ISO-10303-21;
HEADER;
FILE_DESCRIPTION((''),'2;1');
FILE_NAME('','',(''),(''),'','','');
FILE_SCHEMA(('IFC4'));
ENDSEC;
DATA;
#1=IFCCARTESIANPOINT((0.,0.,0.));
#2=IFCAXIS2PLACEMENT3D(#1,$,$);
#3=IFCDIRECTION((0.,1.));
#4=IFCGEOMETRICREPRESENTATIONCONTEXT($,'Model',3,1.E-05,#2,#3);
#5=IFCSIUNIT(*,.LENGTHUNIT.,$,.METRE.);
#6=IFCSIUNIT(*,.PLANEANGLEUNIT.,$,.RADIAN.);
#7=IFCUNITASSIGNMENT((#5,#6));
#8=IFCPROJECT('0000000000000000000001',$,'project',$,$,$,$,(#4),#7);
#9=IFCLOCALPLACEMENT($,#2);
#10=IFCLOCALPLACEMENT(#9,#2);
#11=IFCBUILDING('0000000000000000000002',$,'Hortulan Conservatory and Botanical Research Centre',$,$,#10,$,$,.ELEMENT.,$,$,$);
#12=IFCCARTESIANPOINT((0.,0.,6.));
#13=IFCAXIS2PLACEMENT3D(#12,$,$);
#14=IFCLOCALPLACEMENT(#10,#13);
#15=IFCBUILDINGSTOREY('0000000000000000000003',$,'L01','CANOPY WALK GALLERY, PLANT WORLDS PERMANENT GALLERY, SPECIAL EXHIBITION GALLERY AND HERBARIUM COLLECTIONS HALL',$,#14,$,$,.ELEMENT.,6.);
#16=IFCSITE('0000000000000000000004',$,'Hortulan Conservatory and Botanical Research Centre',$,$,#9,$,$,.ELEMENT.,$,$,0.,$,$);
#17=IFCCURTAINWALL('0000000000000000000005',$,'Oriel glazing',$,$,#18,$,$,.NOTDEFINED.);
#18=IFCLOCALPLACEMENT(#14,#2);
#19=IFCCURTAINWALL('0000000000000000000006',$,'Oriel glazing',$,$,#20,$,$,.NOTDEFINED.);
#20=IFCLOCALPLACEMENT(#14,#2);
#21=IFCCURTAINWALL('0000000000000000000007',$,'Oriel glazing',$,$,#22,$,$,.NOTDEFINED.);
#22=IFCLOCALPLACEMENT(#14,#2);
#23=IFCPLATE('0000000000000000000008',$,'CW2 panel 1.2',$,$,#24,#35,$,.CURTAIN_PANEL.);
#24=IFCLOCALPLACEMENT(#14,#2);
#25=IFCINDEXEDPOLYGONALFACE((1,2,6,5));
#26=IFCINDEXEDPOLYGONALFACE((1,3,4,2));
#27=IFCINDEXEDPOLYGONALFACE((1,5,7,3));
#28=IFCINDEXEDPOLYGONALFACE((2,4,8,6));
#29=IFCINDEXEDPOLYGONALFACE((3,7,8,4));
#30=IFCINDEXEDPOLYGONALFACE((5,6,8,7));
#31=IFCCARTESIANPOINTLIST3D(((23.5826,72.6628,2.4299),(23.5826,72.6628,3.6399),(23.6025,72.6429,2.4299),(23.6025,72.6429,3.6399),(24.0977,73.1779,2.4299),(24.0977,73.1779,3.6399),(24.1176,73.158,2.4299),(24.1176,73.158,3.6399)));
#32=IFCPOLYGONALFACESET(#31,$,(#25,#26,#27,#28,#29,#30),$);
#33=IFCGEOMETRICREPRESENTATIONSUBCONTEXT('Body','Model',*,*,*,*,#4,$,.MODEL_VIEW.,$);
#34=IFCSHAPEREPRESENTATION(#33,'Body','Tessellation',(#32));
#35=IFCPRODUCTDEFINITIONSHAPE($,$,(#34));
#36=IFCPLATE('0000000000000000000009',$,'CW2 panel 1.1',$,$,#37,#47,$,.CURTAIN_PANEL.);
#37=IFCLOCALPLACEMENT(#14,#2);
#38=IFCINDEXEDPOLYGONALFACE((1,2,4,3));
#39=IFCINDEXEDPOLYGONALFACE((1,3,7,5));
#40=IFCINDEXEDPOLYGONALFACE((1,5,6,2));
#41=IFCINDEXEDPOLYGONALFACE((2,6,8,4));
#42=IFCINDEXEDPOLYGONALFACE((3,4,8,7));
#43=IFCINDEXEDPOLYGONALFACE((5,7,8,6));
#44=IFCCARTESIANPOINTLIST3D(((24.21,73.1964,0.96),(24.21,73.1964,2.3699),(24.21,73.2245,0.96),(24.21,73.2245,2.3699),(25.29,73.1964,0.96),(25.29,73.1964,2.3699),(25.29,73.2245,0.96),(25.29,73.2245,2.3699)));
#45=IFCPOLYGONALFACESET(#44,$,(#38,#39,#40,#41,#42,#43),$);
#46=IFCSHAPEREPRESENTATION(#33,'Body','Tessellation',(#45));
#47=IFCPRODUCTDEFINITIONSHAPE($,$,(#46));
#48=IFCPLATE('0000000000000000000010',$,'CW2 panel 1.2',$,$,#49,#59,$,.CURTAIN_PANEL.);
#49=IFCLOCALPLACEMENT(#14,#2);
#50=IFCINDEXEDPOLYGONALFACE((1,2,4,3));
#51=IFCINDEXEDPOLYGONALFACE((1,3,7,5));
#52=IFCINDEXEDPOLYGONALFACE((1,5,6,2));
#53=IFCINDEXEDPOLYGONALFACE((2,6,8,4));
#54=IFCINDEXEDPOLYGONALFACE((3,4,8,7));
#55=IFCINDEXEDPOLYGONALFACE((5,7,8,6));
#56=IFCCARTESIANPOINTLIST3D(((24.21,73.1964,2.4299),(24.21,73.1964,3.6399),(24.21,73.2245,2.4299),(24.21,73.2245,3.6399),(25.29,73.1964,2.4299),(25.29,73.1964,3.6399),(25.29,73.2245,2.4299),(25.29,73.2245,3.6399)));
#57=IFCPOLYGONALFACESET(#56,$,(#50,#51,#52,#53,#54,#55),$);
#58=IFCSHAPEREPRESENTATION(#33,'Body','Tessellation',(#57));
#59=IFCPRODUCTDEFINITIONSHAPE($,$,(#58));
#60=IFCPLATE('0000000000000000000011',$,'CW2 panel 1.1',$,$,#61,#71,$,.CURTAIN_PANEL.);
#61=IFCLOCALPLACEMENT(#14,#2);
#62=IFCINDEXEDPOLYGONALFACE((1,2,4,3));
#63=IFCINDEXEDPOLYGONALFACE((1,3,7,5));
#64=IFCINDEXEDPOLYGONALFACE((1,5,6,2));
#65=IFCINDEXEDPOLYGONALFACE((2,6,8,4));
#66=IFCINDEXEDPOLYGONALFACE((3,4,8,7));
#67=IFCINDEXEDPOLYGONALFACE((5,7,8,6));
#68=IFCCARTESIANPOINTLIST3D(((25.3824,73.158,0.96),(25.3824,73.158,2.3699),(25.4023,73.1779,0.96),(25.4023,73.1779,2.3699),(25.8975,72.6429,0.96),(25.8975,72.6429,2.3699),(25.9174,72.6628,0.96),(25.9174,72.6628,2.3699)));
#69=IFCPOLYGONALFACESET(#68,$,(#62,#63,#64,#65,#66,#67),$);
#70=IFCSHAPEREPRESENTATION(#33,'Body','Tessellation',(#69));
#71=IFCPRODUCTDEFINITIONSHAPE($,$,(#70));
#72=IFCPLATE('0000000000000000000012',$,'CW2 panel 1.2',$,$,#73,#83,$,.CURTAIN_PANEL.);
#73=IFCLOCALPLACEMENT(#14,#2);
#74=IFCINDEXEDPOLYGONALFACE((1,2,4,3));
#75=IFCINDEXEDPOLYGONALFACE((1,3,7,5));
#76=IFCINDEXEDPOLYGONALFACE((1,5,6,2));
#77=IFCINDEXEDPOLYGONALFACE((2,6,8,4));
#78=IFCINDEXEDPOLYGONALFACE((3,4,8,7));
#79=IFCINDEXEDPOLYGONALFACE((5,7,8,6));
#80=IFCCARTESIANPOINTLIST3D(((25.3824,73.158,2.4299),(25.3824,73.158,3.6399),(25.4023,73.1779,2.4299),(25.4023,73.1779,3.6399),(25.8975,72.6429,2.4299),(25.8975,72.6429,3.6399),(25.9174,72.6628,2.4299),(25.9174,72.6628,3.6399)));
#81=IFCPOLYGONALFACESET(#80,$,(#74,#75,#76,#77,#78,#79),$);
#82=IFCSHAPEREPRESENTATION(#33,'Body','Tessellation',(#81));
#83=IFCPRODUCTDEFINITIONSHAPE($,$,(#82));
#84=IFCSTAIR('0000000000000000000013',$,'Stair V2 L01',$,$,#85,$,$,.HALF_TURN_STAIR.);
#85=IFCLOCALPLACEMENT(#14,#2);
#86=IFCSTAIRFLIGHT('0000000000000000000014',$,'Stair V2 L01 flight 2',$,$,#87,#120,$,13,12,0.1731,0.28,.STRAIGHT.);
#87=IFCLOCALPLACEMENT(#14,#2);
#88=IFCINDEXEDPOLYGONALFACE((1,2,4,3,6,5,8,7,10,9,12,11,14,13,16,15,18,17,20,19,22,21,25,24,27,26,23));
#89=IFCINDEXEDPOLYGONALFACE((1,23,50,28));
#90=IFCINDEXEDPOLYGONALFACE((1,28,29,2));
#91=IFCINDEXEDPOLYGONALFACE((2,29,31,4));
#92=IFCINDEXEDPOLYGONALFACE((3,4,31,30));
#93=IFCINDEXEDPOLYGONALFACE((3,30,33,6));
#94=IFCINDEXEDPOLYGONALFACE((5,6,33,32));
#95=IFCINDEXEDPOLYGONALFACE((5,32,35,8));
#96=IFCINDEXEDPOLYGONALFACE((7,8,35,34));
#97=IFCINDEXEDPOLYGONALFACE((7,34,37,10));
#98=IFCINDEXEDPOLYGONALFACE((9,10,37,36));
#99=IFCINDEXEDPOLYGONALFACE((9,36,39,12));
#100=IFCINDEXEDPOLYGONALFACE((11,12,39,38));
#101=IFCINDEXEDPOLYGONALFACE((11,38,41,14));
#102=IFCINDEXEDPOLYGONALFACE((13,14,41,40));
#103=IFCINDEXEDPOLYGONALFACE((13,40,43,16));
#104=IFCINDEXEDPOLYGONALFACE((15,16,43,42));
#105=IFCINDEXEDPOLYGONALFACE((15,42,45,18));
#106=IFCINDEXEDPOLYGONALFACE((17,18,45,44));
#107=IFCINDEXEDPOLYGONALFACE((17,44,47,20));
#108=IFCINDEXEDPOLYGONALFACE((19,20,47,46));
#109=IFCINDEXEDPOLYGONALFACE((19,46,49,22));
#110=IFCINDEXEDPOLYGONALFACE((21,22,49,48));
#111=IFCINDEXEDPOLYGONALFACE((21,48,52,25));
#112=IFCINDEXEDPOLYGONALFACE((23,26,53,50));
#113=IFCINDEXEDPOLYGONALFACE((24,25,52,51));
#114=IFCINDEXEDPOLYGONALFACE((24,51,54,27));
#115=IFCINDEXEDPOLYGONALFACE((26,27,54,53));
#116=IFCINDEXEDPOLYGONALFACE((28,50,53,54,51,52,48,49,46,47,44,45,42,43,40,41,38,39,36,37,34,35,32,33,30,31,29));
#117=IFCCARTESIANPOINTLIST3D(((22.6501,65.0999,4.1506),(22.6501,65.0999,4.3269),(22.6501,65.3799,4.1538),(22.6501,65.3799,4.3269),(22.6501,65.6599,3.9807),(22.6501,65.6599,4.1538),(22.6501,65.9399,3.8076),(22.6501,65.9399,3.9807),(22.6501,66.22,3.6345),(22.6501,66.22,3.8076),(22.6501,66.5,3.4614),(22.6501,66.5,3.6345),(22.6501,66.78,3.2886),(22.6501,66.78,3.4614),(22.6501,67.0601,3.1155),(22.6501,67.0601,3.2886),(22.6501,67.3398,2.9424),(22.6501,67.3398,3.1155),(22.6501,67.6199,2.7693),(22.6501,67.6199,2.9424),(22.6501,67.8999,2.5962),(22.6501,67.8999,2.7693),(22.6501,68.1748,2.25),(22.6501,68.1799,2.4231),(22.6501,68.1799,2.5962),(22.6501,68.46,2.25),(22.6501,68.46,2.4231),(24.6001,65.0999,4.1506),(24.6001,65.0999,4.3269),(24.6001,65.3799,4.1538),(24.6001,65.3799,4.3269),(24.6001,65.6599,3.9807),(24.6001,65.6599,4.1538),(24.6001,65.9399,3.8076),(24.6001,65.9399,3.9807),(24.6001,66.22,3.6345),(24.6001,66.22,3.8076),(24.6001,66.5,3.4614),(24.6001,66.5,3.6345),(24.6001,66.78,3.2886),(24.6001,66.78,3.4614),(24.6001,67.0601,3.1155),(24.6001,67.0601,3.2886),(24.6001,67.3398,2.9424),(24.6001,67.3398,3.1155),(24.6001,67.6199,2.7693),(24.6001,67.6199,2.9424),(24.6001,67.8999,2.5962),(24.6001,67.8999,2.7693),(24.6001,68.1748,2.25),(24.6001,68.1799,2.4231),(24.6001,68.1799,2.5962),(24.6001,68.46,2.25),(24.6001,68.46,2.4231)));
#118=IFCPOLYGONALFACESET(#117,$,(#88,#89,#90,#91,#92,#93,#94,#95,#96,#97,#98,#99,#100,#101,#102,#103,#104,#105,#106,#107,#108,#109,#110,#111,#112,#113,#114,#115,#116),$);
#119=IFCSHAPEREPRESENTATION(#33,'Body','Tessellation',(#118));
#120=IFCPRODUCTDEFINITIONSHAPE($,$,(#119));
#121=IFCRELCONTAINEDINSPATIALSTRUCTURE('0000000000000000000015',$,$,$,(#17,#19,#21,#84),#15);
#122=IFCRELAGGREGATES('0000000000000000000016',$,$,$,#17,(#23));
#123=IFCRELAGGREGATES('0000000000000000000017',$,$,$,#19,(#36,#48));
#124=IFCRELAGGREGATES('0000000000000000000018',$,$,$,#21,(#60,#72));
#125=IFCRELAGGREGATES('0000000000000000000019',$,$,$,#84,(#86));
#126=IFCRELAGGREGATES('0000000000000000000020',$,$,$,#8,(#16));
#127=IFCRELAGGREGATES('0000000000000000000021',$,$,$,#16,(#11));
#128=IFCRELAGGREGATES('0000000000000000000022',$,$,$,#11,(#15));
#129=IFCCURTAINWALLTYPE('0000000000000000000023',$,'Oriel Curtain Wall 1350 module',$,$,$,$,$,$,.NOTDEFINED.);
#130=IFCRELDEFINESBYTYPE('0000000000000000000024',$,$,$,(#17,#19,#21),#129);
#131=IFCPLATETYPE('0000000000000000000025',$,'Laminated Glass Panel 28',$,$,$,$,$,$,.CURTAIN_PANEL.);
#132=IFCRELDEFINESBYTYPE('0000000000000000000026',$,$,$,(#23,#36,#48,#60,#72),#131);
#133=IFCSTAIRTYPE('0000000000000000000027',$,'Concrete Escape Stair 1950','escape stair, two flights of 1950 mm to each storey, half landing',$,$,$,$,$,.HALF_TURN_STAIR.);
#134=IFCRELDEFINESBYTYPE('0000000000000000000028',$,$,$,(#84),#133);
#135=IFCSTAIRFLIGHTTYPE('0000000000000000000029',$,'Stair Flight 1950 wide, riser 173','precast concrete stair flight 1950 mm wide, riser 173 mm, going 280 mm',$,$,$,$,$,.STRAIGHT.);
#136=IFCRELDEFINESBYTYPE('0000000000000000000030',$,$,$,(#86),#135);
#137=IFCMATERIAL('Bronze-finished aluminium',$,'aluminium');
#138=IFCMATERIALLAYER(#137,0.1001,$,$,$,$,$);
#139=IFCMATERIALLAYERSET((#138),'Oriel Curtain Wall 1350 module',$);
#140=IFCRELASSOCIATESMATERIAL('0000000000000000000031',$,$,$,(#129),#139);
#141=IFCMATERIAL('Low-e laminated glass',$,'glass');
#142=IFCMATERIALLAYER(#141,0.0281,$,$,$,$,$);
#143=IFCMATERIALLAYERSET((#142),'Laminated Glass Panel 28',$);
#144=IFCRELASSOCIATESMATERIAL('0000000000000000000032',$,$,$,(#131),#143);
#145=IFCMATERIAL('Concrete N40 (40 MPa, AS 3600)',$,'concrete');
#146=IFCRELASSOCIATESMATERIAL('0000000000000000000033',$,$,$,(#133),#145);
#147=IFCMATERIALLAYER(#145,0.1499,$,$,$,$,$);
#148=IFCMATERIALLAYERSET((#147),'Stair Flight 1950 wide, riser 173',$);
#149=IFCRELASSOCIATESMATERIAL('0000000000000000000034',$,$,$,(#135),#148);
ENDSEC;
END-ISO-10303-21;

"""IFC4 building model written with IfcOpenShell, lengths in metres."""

from ifc_helpers import new_model, si_unit, direction, frame, origin, origin_2d, place, context, subcontext, project, spatial, polyline, rectangle, outline, extrude, material, layer, layer_set, type_object, element, aggregate, save


model = new_model("IFC4")

# Units and contexts
model_context = context("Model", 3, precision=1e-05, world=origin(), true_north=direction((0.0, 1.0)))
body_context = subcontext(model_context, "Body", "Model", "MODEL_VIEW")
ifc_project = project(units=[si_unit("LENGTHUNIT", "METRE"), si_unit("PLANEANGLEUNIT", "RADIAN")], contexts=[model_context])

# Site, building, storey
site_placement = place(None, origin())
site = spatial("IfcSite", under=ifc_project, at=site_placement, Name="Hortulan Conservatory and Botanical Research Centre", CompositionType="ELEMENT", RefElevation=0.0)
building_placement = place(site_placement, origin())
building = spatial("IfcBuilding", under=site, at=building_placement, Name="Hortulan Conservatory and Botanical Research Centre", CompositionType="ELEMENT")
storey_placement = place(building_placement, frame((0.0, 0.0, 6.0)))
storey = spatial("IfcBuildingStorey", under=building, at=storey_placement, Name="L01", Description="CANOPY WALK GALLERY, PLANT WORLDS PERMANENT GALLERY, SPECIAL EXHIBITION GALLERY AND HERBARIUM COLLECTIONS HALL", CompositionType="ELEMENT", Elevation=6.0)

# Curtain wall
ifc_material_1 = material(Name="Bronze-finished aluminium", Category="aluminium")
ifc_layer_1 = layer(ifc_material_1, 0.1001)
ifc_layer_set_1 = layer_set([ifc_layer_1], Name="Oriel Curtain Wall 1350 module")
curtain_wall_type = type_object("IfcCurtainWallType", Name="Oriel Curtain Wall 1350 module", PredefinedType="NOTDEFINED", material=ifc_layer_set_1)
curtain_wall_1_placement = place(storey_placement, origin())
curtain_wall_1 = element("IfcCurtainWall", 1, at=curtain_wall_1_placement, inside=storey, type_object=curtain_wall_type, Name="Oriel glazing", PredefinedType="NOTDEFINED")

# Curtain wall
curtain_wall_2_placement = place(storey_placement, origin())
curtain_wall_2 = element("IfcCurtainWall", 2, at=curtain_wall_2_placement, inside=storey, type_object=curtain_wall_type, Name="Oriel glazing", PredefinedType="NOTDEFINED")

# Curtain wall
curtain_wall_3_placement = place(storey_placement, origin())
curtain_wall_3 = element("IfcCurtainWall", 3, at=curtain_wall_3_placement, inside=storey, type_object=curtain_wall_type, Name="Oriel glazing", PredefinedType="NOTDEFINED")

# Plates
ifc_material_2 = material(Name="Low-e laminated glass", Category="glass")
ifc_layer_2 = layer(ifc_material_2, 0.0281)
ifc_layer_set_2 = layer_set([ifc_layer_2], Name="Laminated Glass Panel 28")
plate_type = type_object("IfcPlateType", Name="Laminated Glass Panel 28", PredefinedType="CURTAIN_PANEL", material=ifc_layer_set_2)
plate_1_placement = place(storey_placement, frame((23.8501, 72.9104, 2.4299), z_axis=(0.0, 0.0, 1.0), x_axis=(0.707107, 0.707107, 0.0)))
plate_1 = element("IfcPlate", 4, at=plate_1_placement, type_object=plate_type, Name="CW2 panel 1.2", PredefinedType="CURTAIN_PANEL", context=body_context, shape_type="SweptSolid", body=[
    extrude(rectangle(XDim=0.7285, YDim=0.0281, at=origin_2d()), origin(), (0.0, 0.0, 1.0), 1.21),
])
aggregate(curtain_wall_1, [plate_1])
plate_2_placement = place(storey_placement, frame((24.75, 73.2104, 0.96), z_axis=(0.0, 0.0, 1.0), x_axis=(1.0, 0.0, 0.0)))
plate_2 = element("IfcPlate", 5, at=plate_2_placement, type_object=plate_type, Name="CW2 panel 1.1", PredefinedType="CURTAIN_PANEL", context=body_context, shape_type="SweptSolid", body=[
    extrude(rectangle(XDim=1.0801, YDim=0.0281, at=origin_2d()), origin(), (0.0, 0.0, 1.0), 1.4099),
])
plate_3_placement = place(storey_placement, frame((24.75, 73.2104, 2.4299), z_axis=(0.0, 0.0, 1.0), x_axis=(1.0, 0.0, 0.0)))
plate_3 = element("IfcPlate", 6, at=plate_3_placement, type_object=plate_type, Name="CW2 panel 1.2", PredefinedType="CURTAIN_PANEL", context=body_context, shape_type="SweptSolid", body=[
    extrude(rectangle(XDim=1.0801, YDim=0.0281, at=origin_2d()), origin(), (0.0, 0.0, 1.0), 1.21),
])
aggregate(curtain_wall_2, [plate_2, plate_3])
plate_4_placement = place(storey_placement, frame((25.6499, 72.9104, 0.96), z_axis=(0.0, 0.0, 1.0), x_axis=(0.707107, -0.707107, 0.0)))
plate_4 = element("IfcPlate", 7, at=plate_4_placement, type_object=plate_type, Name="CW2 panel 1.1", PredefinedType="CURTAIN_PANEL", context=body_context, shape_type="SweptSolid", body=[
    extrude(rectangle(XDim=0.7285, YDim=0.0281, at=origin_2d()), origin(), (0.0, 0.0, 1.0), 1.4099),
])
plate_5_placement = place(storey_placement, frame((25.6499, 72.9104, 2.4299), z_axis=(0.0, 0.0, 1.0), x_axis=(0.707107, -0.707107, 0.0)))
plate_5 = element("IfcPlate", 8, at=plate_5_placement, type_object=plate_type, Name="CW2 panel 1.2", PredefinedType="CURTAIN_PANEL", context=body_context, shape_type="SweptSolid", body=[
    extrude(rectangle(XDim=0.7285, YDim=0.0281, at=origin_2d()), origin(), (0.0, 0.0, 1.0), 1.21),
])
aggregate(curtain_wall_3, [plate_4, plate_5])

# Stair, stair flight
ifc_material_3 = material(Name="Concrete N40 (40 MPa, AS 3600)", Category="concrete")
stair_type = type_object("IfcStairType", Name="Concrete Escape Stair 1950", Description="escape stair, two flights of 1950 mm to each storey, half landing", PredefinedType="HALF_TURN_STAIR", material=ifc_material_3)
stair_placement = place(storey_placement, origin())
stair = element("IfcStair", 9, at=stair_placement, inside=storey, type_object=stair_type, Name="Stair V2 L01", PredefinedType="HALF_TURN_STAIR")
ifc_layer_3 = layer(ifc_material_3, 0.1499)
ifc_layer_set_3 = layer_set([ifc_layer_3], Name="Stair Flight 1950 wide, riser 173")
stair_flight_type = type_object("IfcStairFlightType", Name="Stair Flight 1950 wide, riser 173", Description="precast concrete stair flight 1950 mm wide, riser 173 mm, going 280 mm", PredefinedType="STRAIGHT", material=ifc_layer_set_3)
stair_flight_placement = place(storey_placement, frame((23.625, 68.46, 2.25), z_axis=(0.0, 0.0, 1.0), x_axis=(0.0, -1.0, 0.0)))
stair_flight = element("IfcStairFlight", 10, at=stair_flight_placement, type_object=stair_flight_type, Name="Stair V2 L01 flight 2", NumberOfRisers=13, NumberOfTreads=12, PredefinedType="STRAIGHT", RiserHeight=0.1731, TreadLength=0.28, context=body_context, shape_type="SweptSolid", body=[
    extrude(outline(polyline([(0.0, 0.0), (0.0, 0.1731), (0.28, 0.1731), (0.28, 0.3462), (0.5601, 0.3462), (0.5601, 0.5193), (0.8401, 0.5193), (0.8401, 0.6924), (1.1201, 0.6924), (1.1201, 0.8655), (1.3999, 0.8655), (1.3999, 1.0386), (1.6799, 1.0386), (1.6799, 1.2114), (1.96, 1.2114), (1.96, 1.3845), (2.24, 1.3845), (2.24, 1.5576), (2.52, 1.5576), (2.52, 1.7307), (2.8, 1.7307), (2.8, 1.9038), (3.0801, 1.9038), (3.0801, 2.0769), (3.3601, 2.0769), (3.3601, 2.25), (3.3601, 1.9006), (0.2852, 0.0), (0.0, 0.0)])), frame((0.0, 0.9751, 0.0), z_axis=(0.0, -1.0, 0.0), x_axis=(1.0, 0.0, 0.0)), (0.0, 0.0, 1.0), 1.95),
])
aggregate(stair, [stair_flight])

save(model, "model.ifc")
